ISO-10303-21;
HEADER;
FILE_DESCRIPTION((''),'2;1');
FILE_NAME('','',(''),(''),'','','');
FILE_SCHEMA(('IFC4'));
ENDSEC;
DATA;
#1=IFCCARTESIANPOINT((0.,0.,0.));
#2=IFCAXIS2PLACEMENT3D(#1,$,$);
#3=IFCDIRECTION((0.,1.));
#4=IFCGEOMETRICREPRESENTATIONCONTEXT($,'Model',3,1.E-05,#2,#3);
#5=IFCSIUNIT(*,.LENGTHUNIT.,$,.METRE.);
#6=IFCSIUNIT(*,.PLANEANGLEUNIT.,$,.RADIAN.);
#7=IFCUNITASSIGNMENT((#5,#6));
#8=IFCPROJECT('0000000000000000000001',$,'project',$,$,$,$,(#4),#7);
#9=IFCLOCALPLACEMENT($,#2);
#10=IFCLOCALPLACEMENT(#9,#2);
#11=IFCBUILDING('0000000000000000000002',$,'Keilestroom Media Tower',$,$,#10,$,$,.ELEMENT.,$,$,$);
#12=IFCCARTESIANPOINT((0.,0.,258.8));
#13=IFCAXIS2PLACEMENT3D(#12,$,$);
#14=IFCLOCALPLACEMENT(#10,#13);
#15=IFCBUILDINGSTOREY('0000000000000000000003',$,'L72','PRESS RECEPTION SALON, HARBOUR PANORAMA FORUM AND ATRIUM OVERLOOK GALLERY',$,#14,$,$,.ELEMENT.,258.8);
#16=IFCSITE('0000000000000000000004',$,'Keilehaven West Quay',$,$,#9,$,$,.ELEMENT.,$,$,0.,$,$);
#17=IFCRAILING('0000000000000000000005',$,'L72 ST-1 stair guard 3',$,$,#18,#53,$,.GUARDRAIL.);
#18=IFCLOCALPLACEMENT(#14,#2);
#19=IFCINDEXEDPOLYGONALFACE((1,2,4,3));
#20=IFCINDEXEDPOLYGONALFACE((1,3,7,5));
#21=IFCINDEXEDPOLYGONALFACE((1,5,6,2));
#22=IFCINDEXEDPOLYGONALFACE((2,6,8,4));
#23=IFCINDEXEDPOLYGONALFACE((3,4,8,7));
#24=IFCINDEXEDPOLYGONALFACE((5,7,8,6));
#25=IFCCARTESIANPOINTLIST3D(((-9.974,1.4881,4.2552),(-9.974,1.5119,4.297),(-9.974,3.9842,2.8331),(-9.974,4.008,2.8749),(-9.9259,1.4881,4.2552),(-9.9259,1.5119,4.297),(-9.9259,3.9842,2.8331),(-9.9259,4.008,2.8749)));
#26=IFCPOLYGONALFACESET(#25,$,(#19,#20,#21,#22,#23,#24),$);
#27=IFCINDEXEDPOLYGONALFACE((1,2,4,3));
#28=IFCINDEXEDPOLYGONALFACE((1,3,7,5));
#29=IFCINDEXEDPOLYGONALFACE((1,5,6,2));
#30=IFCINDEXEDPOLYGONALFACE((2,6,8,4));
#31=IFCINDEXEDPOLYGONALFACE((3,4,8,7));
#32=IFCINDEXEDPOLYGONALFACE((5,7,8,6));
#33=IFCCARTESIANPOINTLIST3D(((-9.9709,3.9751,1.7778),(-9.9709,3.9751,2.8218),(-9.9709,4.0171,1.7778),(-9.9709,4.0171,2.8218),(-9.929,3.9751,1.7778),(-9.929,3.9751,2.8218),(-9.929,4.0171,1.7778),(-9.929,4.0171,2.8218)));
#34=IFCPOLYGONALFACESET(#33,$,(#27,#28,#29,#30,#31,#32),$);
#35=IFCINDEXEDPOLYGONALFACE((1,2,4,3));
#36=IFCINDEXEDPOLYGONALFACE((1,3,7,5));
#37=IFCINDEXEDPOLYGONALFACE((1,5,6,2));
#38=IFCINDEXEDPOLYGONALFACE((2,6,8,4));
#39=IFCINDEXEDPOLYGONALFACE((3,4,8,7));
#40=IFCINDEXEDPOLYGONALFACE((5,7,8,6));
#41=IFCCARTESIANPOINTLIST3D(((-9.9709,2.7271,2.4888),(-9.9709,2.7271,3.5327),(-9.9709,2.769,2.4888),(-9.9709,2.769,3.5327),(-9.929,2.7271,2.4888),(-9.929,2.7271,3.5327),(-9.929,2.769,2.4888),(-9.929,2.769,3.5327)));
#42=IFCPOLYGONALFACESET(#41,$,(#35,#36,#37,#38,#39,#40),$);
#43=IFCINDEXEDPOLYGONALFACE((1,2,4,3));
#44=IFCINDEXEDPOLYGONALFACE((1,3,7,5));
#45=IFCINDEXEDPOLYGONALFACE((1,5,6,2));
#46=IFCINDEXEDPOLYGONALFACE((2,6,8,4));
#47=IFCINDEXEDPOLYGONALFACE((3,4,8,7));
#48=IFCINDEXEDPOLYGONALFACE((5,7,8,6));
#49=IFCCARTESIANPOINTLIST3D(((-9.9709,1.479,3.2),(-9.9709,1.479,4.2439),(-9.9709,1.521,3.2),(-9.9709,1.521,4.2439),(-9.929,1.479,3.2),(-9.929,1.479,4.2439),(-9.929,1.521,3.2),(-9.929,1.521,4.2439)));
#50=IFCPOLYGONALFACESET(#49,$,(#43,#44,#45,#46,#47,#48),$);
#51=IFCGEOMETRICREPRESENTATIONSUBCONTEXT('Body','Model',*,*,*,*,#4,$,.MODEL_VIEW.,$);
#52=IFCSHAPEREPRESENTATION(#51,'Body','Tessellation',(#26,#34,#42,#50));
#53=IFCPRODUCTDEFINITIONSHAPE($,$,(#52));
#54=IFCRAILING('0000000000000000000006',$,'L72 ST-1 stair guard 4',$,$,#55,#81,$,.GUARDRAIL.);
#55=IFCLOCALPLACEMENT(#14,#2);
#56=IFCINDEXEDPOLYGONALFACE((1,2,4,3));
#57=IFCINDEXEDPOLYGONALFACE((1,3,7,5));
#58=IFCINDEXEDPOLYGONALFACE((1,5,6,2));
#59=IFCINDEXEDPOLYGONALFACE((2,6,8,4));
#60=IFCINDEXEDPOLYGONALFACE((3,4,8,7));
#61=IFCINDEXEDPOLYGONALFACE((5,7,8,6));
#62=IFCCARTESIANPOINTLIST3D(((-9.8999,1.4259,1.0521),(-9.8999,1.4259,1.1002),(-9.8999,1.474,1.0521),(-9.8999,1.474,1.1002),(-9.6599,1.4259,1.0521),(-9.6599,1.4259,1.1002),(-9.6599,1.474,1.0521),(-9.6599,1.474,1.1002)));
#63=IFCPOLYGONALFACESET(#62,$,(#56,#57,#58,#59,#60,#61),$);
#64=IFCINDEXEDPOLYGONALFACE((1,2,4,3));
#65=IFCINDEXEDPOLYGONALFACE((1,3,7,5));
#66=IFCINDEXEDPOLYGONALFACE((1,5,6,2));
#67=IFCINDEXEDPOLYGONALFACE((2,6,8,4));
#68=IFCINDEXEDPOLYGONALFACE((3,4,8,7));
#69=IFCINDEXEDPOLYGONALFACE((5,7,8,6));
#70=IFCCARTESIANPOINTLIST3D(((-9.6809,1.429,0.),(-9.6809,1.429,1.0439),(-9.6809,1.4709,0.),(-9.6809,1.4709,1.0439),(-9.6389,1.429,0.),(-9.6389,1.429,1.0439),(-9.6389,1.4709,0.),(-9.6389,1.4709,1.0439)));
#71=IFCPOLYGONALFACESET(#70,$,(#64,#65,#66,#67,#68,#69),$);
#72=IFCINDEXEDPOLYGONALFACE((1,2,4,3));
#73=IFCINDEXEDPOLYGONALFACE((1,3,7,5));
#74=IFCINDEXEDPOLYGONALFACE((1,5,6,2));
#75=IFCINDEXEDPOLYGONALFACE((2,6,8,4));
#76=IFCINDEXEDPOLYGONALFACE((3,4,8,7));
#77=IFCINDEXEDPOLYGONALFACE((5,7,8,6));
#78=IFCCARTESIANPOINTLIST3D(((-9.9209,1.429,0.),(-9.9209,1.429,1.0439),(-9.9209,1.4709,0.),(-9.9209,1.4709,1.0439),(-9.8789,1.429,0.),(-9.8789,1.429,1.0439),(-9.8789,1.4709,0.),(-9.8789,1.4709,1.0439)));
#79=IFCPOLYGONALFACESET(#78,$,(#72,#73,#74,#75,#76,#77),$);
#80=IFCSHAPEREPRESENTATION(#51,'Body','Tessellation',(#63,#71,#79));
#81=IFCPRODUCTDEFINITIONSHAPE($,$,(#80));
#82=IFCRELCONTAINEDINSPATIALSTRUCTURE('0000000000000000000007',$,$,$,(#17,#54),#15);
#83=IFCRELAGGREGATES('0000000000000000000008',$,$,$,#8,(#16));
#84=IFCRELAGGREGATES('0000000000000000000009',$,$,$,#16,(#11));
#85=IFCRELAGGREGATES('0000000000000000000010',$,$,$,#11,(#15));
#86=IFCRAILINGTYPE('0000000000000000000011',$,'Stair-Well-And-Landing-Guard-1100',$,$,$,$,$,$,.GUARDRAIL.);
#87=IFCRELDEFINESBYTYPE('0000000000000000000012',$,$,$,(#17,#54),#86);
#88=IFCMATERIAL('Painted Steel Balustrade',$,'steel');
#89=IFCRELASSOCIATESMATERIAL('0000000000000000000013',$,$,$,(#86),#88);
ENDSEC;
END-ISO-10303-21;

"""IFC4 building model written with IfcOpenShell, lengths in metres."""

from ifc_helpers import new_model, si_unit, direction, frame, origin, origin_2d, place, context, subcontext, project, spatial, rectangle, extrude, material, type_object, element, save


model = new_model("IFC4")

# Units and contexts
model_context = context("Model", 3, precision=1e-05, world=origin(), true_north=direction((0.0, 1.0)))
body_context = subcontext(model_context, "Body", "Model", "MODEL_VIEW")
ifc_project = project(units=[si_unit("LENGTHUNIT", "METRE"), si_unit("PLANEANGLEUNIT", "RADIAN")], contexts=[model_context])

# Site, building, storey
site_placement = place(None, origin())
site = spatial("IfcSite", under=ifc_project, at=site_placement, Name="Keilehaven West Quay", CompositionType="ELEMENT", RefElevation=0.0)
building_placement = place(site_placement, origin())
building = spatial("IfcBuilding", under=site, at=building_placement, Name="Keilestroom Media Tower", CompositionType="ELEMENT")
storey_placement = place(building_placement, frame((0.0, 0.0, 258.8)))
storey = spatial("IfcBuildingStorey", under=building, at=storey_placement, Name="L72", Description="PRESS RECEPTION SALON, HARBOUR PANORAMA FORUM AND ATRIUM OVERLOOK GALLERY", CompositionType="ELEMENT", Elevation=258.8)

# Railings
ifc_material_1 = material(Name="Painted Steel Balustrade", Category="steel")
railing_type_1 = type_object("IfcRailingType", Name="Stair-Well-And-Landing-Guard-1100", PredefinedType="GUARDRAIL", material=ifc_material_1)
railing_1_placement = place(storey_placement, frame((-9.95, 3.9961, 1.7778)))
element("IfcRailing", 1, at=railing_1_placement, inside=storey, type_object=railing_type_1, Name="L72 ST-1 stair guard 3", PredefinedType="GUARDRAIL", context=body_context, shape_type="SweptSolid", body=[
    extrude(rectangle(XDim=0.0481, YDim=0.0481, at=origin_2d()), frame((0.0, 0.0, 1.0762), z_axis=(0.0, -0.868875, 0.495031), x_axis=(1.0, 0.0, 0.0)), (0.0, 0.0, 1.0), 2.8728),
    extrude(rectangle(XDim=0.042, YDim=0.042, at=origin_2d()), origin(), (0.0, 0.0, 1.0), 1.0439),
    extrude(rectangle(XDim=0.042, YDim=0.042, at=origin_2d()), frame((0.0, -1.248, 0.7109)), (0.0, 0.0, 1.0), 1.0439),
    extrude(rectangle(XDim=0.042, YDim=0.042, at=origin_2d()), frame((0.0, -2.4961, 1.4221)), (0.0, 0.0, 1.0), 1.0439),
])
railing_2_placement = place(storey_placement, frame((-9.6599, 1.45, 0.0)))
element("IfcRailing", 2, at=railing_2_placement, inside=storey, type_object=railing_type_1, Name="L72 ST-1 stair guard 4", PredefinedType="GUARDRAIL", context=body_context, shape_type="SweptSolid", body=[
    extrude(rectangle(XDim=0.0481, YDim=0.0481, at=origin_2d()), frame((0.0, 0.0, 1.0762), z_axis=(-1.0, 0.0, 0.0), x_axis=(0.0, -1.0, 0.0)), (0.0, 0.0, 1.0), 0.24),
    extrude(rectangle(XDim=0.042, YDim=0.042, at=origin_2d()), origin(), (0.0, 0.0, 1.0), 1.0439),
    extrude(rectangle(XDim=0.042, YDim=0.042, at=origin_2d()), frame((-0.24, 0.0, 0.0)), (0.0, 0.0, 1.0), 1.0439),
])

save(model, "model.ifc")
